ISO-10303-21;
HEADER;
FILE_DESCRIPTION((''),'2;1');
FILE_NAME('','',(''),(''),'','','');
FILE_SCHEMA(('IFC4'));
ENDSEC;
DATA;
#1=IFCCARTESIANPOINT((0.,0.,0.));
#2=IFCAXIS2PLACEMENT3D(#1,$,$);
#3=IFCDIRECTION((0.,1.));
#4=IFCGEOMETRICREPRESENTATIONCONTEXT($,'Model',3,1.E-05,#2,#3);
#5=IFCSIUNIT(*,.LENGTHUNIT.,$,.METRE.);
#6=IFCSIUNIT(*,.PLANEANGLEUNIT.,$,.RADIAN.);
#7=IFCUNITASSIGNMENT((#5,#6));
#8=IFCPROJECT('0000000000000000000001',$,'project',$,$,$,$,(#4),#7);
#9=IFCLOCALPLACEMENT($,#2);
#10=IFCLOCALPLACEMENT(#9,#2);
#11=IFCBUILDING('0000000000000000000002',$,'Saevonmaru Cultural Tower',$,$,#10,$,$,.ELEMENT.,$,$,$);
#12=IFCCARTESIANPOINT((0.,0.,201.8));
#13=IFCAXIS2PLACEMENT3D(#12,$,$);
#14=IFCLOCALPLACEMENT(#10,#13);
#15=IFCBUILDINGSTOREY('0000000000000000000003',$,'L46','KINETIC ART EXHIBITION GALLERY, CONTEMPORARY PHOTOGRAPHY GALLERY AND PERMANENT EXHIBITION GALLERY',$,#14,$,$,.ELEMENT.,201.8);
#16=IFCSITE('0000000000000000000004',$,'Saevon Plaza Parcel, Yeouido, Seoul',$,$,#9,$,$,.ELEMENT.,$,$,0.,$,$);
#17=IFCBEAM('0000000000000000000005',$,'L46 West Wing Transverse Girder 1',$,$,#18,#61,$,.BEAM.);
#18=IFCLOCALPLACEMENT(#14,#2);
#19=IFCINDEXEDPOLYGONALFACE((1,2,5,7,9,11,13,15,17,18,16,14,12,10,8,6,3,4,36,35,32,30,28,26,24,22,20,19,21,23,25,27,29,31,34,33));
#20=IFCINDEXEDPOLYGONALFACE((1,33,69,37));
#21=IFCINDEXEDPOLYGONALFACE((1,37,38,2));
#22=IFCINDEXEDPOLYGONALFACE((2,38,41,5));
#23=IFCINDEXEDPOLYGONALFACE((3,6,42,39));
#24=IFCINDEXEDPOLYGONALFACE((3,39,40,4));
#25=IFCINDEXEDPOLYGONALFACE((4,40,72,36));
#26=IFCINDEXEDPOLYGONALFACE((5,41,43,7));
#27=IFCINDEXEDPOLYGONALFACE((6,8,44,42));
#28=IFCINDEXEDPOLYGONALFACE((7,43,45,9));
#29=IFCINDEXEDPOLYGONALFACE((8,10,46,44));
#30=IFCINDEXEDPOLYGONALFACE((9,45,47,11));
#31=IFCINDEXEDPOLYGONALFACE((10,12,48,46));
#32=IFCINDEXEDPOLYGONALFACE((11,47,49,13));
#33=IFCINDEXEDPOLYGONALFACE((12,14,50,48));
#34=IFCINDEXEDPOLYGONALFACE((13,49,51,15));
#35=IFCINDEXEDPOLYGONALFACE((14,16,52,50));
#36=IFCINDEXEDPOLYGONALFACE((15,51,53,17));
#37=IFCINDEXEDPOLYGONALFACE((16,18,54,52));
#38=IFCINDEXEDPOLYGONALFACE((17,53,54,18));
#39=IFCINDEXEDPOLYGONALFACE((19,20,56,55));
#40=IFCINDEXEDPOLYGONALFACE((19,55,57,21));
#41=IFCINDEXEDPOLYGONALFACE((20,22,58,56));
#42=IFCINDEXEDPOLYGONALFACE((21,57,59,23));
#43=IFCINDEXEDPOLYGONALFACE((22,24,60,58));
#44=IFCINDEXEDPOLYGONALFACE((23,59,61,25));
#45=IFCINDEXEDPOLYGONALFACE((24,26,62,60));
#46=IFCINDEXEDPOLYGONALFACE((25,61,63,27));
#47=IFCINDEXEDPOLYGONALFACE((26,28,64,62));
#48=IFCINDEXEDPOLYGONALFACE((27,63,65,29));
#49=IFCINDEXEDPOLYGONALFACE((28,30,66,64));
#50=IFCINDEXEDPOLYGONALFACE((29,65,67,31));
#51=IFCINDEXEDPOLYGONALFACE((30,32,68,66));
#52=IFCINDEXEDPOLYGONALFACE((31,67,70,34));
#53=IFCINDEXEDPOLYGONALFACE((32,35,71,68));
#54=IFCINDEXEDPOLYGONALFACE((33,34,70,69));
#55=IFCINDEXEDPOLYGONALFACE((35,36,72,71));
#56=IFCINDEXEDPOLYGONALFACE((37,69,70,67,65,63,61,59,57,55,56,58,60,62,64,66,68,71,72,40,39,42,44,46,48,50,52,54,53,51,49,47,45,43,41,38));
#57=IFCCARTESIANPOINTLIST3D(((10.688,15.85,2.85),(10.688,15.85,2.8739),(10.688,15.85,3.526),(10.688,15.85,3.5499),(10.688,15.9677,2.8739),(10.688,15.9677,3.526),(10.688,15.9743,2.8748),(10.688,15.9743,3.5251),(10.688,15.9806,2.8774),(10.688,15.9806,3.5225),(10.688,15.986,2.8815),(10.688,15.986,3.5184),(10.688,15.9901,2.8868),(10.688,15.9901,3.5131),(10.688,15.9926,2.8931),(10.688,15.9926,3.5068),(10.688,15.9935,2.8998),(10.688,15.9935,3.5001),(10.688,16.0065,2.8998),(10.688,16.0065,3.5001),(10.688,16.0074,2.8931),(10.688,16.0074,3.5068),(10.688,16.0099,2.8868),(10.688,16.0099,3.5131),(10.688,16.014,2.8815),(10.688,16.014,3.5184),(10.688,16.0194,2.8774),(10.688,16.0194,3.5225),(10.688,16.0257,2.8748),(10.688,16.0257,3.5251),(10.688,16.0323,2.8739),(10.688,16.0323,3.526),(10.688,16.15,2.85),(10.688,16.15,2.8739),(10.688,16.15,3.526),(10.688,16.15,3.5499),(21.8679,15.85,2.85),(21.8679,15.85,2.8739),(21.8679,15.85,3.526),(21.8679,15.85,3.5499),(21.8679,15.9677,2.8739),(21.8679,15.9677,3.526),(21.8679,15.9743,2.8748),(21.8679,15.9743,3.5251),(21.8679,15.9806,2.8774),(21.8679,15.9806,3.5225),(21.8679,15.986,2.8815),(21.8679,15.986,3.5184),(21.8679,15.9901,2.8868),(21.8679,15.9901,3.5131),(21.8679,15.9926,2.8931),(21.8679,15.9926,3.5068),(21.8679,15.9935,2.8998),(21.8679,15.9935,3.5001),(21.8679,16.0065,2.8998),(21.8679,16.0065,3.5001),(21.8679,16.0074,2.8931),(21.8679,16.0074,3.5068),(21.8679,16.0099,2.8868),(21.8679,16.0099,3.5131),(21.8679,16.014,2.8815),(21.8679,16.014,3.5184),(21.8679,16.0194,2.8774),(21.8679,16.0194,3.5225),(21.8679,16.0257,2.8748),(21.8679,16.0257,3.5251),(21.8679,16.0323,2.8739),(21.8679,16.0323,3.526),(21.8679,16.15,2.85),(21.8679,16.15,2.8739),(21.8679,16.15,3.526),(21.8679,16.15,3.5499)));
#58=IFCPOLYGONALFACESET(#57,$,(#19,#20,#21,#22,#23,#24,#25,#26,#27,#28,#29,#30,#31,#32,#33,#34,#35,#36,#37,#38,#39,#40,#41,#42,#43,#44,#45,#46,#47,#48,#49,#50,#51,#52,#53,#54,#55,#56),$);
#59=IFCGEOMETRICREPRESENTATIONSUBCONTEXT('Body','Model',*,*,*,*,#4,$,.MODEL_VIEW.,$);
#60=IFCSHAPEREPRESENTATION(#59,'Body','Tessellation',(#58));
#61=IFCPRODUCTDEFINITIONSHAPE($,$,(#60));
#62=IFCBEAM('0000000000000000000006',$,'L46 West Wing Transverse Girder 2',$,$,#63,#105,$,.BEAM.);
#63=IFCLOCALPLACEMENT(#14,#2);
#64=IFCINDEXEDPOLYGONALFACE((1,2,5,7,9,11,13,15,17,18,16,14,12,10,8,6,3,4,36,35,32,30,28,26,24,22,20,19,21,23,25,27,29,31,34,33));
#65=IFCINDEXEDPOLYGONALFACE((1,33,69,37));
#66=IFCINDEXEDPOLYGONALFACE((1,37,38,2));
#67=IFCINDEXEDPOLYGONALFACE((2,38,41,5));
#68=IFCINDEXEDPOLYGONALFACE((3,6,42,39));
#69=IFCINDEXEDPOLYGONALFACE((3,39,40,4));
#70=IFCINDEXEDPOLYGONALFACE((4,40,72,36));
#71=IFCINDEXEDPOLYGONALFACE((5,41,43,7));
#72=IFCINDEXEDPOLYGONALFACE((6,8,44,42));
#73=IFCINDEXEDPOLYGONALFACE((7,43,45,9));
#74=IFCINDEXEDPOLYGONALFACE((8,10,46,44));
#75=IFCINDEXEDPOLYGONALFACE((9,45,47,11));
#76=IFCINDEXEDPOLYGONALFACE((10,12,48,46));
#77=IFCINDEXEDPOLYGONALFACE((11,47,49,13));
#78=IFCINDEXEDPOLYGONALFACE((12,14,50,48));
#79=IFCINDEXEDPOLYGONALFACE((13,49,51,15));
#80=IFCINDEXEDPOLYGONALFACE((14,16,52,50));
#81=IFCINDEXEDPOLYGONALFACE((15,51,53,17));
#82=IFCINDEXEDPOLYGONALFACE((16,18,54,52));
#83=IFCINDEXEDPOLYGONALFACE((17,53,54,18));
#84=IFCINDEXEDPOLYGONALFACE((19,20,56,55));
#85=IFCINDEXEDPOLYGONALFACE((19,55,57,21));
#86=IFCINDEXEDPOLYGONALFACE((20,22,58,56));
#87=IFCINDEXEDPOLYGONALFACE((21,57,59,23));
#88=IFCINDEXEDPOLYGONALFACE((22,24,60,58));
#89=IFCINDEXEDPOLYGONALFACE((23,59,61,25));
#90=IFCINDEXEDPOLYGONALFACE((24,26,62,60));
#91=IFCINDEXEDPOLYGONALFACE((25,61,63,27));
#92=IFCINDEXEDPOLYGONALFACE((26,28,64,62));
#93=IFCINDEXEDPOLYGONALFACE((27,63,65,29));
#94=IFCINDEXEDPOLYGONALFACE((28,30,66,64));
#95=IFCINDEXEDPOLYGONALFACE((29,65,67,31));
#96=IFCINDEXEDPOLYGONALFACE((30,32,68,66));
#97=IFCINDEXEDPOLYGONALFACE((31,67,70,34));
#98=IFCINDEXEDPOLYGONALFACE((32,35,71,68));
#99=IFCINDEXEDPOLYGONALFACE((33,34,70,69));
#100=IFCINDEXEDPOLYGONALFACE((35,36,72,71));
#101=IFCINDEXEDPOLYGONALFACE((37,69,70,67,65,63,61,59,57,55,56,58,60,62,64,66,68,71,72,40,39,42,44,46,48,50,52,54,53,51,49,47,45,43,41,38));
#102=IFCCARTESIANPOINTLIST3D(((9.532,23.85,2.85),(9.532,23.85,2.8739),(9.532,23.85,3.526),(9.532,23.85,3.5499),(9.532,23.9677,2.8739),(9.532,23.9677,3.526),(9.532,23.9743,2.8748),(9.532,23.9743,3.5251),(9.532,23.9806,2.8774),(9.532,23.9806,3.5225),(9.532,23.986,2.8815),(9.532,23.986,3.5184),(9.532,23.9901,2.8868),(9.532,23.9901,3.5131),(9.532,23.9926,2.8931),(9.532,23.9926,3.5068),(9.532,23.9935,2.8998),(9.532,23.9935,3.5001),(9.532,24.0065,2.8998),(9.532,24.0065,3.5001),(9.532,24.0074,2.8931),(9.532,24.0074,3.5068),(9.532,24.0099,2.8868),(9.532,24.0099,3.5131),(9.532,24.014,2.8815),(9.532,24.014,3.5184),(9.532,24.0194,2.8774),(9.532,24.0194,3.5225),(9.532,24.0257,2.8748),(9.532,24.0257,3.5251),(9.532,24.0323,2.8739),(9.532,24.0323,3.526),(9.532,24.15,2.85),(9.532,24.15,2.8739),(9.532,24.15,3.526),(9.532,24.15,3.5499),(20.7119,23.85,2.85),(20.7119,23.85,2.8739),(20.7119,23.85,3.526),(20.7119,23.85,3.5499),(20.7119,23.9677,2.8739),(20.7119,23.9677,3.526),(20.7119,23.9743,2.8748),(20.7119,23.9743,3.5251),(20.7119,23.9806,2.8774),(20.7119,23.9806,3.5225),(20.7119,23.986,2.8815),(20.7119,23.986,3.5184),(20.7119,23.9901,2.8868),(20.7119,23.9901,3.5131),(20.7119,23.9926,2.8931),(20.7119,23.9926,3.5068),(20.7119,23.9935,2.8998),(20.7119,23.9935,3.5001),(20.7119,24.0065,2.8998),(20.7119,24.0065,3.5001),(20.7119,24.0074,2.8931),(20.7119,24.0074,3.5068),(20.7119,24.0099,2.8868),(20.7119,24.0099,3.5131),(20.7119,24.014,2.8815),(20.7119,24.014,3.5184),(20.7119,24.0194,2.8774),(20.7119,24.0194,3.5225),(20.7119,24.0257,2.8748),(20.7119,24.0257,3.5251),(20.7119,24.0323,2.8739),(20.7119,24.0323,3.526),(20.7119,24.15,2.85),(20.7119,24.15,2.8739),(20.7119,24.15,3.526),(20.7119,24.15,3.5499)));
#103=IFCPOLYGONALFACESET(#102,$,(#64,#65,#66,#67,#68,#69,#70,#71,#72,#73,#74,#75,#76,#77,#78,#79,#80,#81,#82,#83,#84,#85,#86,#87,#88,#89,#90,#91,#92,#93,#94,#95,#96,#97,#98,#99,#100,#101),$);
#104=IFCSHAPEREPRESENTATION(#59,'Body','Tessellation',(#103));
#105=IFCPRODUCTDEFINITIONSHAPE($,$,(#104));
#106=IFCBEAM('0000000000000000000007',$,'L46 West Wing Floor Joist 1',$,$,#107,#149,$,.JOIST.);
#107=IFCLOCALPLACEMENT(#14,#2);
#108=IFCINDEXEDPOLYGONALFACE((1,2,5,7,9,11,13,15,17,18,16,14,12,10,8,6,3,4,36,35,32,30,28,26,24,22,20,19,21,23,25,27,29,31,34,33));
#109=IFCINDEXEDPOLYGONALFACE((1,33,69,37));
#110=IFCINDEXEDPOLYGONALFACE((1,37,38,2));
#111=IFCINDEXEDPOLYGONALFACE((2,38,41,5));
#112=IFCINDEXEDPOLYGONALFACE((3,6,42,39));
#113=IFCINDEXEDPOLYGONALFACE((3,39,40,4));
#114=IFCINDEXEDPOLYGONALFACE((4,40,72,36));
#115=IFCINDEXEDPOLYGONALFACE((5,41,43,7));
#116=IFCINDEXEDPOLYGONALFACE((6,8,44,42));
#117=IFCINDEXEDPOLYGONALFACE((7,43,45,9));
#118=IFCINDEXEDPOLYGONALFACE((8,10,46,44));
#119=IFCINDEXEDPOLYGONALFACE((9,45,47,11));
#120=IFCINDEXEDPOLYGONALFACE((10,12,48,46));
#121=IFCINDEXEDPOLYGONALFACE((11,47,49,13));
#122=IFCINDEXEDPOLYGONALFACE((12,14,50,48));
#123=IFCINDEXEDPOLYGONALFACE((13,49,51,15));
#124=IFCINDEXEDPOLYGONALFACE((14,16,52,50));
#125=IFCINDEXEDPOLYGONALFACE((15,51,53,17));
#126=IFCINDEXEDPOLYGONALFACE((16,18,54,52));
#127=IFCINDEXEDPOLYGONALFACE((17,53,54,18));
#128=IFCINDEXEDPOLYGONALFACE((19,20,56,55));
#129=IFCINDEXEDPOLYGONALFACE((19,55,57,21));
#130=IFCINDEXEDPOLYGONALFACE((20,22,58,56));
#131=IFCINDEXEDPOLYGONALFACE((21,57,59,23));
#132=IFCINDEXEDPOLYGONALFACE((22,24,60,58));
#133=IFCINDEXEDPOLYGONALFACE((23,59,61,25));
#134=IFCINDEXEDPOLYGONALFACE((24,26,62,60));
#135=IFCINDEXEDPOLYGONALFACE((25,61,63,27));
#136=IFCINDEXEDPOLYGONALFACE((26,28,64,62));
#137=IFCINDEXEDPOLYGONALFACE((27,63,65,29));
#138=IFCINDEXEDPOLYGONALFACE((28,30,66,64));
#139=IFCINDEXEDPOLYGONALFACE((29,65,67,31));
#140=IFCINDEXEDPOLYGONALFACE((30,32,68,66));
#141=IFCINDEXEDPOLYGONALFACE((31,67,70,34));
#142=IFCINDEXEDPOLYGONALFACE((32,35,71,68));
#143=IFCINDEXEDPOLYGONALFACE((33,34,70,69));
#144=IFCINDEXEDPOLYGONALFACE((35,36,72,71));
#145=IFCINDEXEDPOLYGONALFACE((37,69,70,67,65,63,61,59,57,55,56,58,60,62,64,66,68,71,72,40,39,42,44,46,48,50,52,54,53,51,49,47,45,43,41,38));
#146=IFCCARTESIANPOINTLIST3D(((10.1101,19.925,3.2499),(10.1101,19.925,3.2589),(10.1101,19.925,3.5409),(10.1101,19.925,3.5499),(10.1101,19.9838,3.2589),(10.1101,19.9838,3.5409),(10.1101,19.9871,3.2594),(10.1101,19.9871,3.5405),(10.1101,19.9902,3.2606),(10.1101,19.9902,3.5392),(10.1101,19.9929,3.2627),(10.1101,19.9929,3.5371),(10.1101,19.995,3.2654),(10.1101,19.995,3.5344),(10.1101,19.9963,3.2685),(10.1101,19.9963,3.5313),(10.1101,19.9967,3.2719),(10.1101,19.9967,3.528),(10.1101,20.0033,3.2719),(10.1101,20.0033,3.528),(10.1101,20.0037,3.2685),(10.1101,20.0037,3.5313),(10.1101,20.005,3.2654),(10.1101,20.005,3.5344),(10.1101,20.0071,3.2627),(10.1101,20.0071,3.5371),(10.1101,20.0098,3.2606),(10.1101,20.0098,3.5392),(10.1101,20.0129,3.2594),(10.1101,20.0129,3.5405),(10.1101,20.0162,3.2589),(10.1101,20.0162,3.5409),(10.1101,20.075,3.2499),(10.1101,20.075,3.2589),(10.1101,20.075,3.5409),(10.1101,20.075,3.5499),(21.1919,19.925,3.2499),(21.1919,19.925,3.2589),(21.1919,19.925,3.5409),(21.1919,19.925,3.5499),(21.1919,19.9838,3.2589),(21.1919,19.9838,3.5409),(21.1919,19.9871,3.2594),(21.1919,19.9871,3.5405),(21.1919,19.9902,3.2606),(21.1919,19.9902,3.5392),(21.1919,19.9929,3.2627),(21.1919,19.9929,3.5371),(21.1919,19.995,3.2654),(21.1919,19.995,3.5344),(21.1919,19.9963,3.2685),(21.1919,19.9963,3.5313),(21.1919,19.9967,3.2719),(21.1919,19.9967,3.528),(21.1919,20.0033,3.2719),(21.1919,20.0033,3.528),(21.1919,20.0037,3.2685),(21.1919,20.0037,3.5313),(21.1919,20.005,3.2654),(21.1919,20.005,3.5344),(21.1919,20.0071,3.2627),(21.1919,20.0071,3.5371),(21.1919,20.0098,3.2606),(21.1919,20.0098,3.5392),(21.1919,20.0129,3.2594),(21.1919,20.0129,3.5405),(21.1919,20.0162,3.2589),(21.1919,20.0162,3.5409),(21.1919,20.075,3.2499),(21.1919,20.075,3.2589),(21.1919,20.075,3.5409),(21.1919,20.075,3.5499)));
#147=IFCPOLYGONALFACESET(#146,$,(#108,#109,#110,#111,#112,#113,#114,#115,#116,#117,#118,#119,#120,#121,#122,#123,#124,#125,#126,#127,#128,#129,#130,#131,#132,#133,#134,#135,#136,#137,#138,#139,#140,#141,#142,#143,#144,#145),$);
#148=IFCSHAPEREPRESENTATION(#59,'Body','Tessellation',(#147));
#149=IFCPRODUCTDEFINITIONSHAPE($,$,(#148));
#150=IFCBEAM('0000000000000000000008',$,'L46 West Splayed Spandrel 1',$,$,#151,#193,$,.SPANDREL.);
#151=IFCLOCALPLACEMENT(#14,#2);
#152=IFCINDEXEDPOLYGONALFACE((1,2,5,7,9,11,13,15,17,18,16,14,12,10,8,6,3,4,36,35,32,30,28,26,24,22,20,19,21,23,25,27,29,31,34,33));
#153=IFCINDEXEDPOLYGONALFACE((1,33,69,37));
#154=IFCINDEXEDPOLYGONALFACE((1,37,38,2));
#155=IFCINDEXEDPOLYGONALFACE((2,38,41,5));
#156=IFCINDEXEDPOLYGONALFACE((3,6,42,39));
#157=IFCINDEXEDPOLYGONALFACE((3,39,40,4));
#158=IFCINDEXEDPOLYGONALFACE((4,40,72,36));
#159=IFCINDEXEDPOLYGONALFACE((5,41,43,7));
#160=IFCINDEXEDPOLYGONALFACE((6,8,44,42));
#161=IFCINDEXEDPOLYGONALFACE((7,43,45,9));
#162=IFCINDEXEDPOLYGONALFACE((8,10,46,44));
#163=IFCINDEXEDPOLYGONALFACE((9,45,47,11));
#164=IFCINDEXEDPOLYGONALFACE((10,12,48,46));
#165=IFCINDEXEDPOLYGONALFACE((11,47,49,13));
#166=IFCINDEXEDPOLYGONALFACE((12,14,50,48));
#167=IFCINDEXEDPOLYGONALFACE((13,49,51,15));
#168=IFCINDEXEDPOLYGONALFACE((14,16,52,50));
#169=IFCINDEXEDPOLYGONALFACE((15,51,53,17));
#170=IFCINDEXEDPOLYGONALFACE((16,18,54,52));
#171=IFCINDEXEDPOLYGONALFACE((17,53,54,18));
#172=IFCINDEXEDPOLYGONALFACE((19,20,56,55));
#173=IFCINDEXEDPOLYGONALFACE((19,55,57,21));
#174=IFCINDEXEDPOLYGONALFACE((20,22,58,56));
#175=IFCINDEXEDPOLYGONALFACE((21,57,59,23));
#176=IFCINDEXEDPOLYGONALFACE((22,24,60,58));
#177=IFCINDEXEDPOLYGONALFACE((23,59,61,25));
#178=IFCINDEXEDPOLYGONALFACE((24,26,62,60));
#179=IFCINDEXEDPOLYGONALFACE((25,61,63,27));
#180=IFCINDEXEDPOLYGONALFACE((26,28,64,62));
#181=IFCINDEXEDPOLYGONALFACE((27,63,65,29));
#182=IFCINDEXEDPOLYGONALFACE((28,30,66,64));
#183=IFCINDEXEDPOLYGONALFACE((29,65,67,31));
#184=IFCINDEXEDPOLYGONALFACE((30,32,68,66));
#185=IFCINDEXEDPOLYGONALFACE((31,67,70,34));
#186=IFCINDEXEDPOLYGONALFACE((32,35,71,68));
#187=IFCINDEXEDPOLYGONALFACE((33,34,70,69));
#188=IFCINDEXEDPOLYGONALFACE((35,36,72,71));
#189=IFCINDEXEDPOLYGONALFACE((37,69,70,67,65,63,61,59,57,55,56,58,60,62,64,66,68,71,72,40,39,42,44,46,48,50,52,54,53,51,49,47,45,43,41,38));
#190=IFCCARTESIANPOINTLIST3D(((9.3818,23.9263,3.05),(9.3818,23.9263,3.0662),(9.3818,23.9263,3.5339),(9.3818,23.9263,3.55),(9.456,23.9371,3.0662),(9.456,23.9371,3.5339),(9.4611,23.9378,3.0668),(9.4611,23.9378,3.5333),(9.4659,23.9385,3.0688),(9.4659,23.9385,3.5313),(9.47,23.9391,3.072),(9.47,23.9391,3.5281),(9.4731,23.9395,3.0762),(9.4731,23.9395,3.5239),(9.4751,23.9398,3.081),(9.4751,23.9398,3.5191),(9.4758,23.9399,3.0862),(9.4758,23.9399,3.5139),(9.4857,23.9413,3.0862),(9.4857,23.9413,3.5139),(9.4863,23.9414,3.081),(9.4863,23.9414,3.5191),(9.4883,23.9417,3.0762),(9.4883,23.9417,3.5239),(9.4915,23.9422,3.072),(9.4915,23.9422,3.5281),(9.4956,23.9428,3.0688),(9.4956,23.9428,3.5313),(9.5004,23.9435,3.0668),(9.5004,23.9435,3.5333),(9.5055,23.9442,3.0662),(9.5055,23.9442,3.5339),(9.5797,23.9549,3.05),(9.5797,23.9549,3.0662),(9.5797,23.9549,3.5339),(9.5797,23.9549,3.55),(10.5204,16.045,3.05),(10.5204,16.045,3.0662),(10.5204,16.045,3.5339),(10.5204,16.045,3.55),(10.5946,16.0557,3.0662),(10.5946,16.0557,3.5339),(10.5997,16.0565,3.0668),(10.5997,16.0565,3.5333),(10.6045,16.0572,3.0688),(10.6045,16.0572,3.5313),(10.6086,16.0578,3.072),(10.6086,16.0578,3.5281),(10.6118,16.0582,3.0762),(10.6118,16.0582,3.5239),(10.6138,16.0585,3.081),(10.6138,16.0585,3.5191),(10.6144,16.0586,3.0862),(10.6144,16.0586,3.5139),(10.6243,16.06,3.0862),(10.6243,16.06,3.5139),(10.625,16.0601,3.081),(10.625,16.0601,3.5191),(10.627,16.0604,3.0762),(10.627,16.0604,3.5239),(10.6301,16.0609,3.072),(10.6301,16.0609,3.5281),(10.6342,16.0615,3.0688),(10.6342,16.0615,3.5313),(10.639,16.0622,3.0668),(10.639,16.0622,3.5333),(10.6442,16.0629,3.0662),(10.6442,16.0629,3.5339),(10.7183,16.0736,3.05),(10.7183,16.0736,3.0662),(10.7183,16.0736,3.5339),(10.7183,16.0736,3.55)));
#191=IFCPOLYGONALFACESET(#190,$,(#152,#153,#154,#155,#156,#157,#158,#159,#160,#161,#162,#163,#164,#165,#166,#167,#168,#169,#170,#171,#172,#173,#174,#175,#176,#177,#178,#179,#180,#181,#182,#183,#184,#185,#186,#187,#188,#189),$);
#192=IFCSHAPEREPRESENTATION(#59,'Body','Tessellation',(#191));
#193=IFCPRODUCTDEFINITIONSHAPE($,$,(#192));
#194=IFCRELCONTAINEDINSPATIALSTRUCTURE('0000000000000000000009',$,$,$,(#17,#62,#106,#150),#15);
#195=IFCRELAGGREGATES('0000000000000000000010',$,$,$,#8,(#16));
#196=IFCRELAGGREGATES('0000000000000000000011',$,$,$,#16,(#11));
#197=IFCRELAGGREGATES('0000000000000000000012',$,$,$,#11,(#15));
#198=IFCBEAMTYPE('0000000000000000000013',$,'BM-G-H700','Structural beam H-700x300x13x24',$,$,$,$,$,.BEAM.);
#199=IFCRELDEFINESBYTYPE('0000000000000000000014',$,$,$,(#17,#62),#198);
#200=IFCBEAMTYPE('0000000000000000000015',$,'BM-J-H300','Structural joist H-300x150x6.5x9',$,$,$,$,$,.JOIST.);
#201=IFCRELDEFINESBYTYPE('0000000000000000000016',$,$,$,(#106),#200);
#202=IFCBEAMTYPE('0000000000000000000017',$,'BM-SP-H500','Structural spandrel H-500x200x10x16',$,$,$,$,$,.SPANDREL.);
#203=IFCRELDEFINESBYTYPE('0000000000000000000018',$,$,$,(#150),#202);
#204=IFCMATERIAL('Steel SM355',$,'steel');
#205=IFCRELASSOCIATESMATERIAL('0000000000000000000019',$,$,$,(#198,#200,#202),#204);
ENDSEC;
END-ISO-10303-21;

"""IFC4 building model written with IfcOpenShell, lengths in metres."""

from ifc_helpers import new_model, si_unit, direction, frame, origin, origin_2d, place, context, subcontext, project, spatial, i_section, extrude, material, material_profile, profile_set, type_object, element, save


model = new_model("IFC4")

# Units and contexts
model_context = context("Model", 3, precision=1e-05, world=origin(), true_north=direction((0.0, 1.0)))
body_context = subcontext(model_context, "Body", "Model", "MODEL_VIEW")
ifc_project = project(units=[si_unit("LENGTHUNIT", "METRE"), si_unit("PLANEANGLEUNIT", "RADIAN")], contexts=[model_context])

# Site, building, storey
site_placement = place(None, origin())
site = spatial("IfcSite", under=ifc_project, at=site_placement, Name="Saevon Plaza Parcel, Yeouido, Seoul", CompositionType="ELEMENT", RefElevation=0.0)
building_placement = place(site_placement, origin())
building = spatial("IfcBuilding", under=site, at=building_placement, Name="Saevonmaru Cultural Tower", CompositionType="ELEMENT")
storey_placement = place(building_placement, frame((0.0, 0.0, 201.8)))
storey = spatial("IfcBuildingStorey", under=building, at=storey_placement, Name="L46", Description="KINETIC ART EXHIBITION GALLERY, CONTEMPORARY PHOTOGRAPHY GALLERY AND PERMANENT EXHIBITION GALLERY", CompositionType="ELEMENT", Elevation=201.8)

# Shared definitions
ifc_material_1 = material(Name="Steel SM355", Category="steel")

# Beams
ifc_material_profile_1 = material_profile(ifc_material_1, i_section(OverallWidth=0.3, OverallDepth=0.7, WebThickness=0.0129, FlangeThickness=0.0239, FilletRadius=0.0259, at=origin_2d()), Name="H-700x300x13x24")
ifc_profile_set_1 = profile_set([ifc_material_profile_1], Name="Steel SM355")
beam_type_1 = type_object("IfcBeamType", Name="BM-G-H700", Description="Structural beam H-700x300x13x24", PredefinedType="BEAM", material=ifc_profile_set_1)
for number, where, z_axis, x_axis, name in (
    (1, (10.688, 16.0, 3.2), (1.0, 0.0, 0.0), (0.0, 1.0, 0.0), "L46 West Wing Transverse Girder 1"),
    (2, (9.532, 24.0, 3.2), (1.0, 0.0, 0.0), (0.0, 1.0, 0.0), "L46 West Wing Transverse Girder 2"),
):
    element("IfcBeam", number, at=place(storey_placement, frame(where, z_axis=z_axis, x_axis=x_axis)), inside=storey, type_object=beam_type_1, Name=name, PredefinedType="BEAM", context=body_context, shape_type="SweptSolid", body=[
        extrude(i_section(OverallWidth=0.3, OverallDepth=0.7, WebThickness=0.0129, FlangeThickness=0.0239, FilletRadius=0.0259, at=origin_2d()), origin(), (0.0, 0.0, 1.0), 11.1799),
    ])
ifc_material_profile_2 = material_profile(ifc_material_1, i_section(OverallWidth=0.1499, OverallDepth=0.3, WebThickness=0.0066, FlangeThickness=0.009, FilletRadius=0.0129, at=origin_2d()), Name="H-300x150x6.5x9")
ifc_profile_set_2 = profile_set([ifc_material_profile_2], Name="Steel SM355")
beam_type_2 = type_object("IfcBeamType", Name="BM-J-H300", Description="Structural joist H-300x150x6.5x9", PredefinedType="JOIST", material=ifc_profile_set_2)
beam_placement = place(storey_placement, frame((10.1101, 20.0, 3.3999), z_axis=(1.0, 0.0, 0.0), x_axis=(0.0, 1.0, 0.0)))
element("IfcBeam", 3, at=beam_placement, inside=storey, type_object=beam_type_2, Name="L46 West Wing Floor Joist 1", PredefinedType="JOIST", context=body_context, shape_type="SweptSolid", body=[
    extrude(i_section(OverallWidth=0.1499, OverallDepth=0.3, WebThickness=0.0066, FlangeThickness=0.009, FilletRadius=0.0129, at=origin_2d()), origin(), (0.0, 0.0, 1.0), 11.0818),
])
ifc_material_profile_3 = material_profile(ifc_material_1, i_section(OverallWidth=0.2, OverallDepth=0.5, WebThickness=0.01, FlangeThickness=0.0161, FilletRadius=0.02, at=origin_2d()), Name="H-500x200x10x16")
ifc_profile_set_3 = profile_set([ifc_material_profile_3], Name="Steel SM355")
beam_type_3 = type_object("IfcBeamType", Name="BM-SP-H500", Description="Structural spandrel H-500x200x10x16", PredefinedType="SPANDREL", material=ifc_profile_set_3)
for number, where, z_axis, x_axis, name in (
    (4, (10.6194, 16.0593, 3.3), (-0.142992, 0.989724, 0.0), (-0.989724, -0.142992, 0.0), "L46 West Splayed Spandrel 1"),
):
    element("IfcBeam", number, at=place(storey_placement, frame(where, z_axis=z_axis, x_axis=x_axis)), inside=storey, type_object=beam_type_3, Name=name, PredefinedType="SPANDREL", context=body_context, shape_type="SweptSolid", body=[
        extrude(i_section(OverallWidth=0.2, OverallDepth=0.5, WebThickness=0.01, FlangeThickness=0.0161, FilletRadius=0.02, at=origin_2d()), origin(), (0.0, 0.0, 1.0), 7.9631),
    ])

save(model, "model.ifc")
